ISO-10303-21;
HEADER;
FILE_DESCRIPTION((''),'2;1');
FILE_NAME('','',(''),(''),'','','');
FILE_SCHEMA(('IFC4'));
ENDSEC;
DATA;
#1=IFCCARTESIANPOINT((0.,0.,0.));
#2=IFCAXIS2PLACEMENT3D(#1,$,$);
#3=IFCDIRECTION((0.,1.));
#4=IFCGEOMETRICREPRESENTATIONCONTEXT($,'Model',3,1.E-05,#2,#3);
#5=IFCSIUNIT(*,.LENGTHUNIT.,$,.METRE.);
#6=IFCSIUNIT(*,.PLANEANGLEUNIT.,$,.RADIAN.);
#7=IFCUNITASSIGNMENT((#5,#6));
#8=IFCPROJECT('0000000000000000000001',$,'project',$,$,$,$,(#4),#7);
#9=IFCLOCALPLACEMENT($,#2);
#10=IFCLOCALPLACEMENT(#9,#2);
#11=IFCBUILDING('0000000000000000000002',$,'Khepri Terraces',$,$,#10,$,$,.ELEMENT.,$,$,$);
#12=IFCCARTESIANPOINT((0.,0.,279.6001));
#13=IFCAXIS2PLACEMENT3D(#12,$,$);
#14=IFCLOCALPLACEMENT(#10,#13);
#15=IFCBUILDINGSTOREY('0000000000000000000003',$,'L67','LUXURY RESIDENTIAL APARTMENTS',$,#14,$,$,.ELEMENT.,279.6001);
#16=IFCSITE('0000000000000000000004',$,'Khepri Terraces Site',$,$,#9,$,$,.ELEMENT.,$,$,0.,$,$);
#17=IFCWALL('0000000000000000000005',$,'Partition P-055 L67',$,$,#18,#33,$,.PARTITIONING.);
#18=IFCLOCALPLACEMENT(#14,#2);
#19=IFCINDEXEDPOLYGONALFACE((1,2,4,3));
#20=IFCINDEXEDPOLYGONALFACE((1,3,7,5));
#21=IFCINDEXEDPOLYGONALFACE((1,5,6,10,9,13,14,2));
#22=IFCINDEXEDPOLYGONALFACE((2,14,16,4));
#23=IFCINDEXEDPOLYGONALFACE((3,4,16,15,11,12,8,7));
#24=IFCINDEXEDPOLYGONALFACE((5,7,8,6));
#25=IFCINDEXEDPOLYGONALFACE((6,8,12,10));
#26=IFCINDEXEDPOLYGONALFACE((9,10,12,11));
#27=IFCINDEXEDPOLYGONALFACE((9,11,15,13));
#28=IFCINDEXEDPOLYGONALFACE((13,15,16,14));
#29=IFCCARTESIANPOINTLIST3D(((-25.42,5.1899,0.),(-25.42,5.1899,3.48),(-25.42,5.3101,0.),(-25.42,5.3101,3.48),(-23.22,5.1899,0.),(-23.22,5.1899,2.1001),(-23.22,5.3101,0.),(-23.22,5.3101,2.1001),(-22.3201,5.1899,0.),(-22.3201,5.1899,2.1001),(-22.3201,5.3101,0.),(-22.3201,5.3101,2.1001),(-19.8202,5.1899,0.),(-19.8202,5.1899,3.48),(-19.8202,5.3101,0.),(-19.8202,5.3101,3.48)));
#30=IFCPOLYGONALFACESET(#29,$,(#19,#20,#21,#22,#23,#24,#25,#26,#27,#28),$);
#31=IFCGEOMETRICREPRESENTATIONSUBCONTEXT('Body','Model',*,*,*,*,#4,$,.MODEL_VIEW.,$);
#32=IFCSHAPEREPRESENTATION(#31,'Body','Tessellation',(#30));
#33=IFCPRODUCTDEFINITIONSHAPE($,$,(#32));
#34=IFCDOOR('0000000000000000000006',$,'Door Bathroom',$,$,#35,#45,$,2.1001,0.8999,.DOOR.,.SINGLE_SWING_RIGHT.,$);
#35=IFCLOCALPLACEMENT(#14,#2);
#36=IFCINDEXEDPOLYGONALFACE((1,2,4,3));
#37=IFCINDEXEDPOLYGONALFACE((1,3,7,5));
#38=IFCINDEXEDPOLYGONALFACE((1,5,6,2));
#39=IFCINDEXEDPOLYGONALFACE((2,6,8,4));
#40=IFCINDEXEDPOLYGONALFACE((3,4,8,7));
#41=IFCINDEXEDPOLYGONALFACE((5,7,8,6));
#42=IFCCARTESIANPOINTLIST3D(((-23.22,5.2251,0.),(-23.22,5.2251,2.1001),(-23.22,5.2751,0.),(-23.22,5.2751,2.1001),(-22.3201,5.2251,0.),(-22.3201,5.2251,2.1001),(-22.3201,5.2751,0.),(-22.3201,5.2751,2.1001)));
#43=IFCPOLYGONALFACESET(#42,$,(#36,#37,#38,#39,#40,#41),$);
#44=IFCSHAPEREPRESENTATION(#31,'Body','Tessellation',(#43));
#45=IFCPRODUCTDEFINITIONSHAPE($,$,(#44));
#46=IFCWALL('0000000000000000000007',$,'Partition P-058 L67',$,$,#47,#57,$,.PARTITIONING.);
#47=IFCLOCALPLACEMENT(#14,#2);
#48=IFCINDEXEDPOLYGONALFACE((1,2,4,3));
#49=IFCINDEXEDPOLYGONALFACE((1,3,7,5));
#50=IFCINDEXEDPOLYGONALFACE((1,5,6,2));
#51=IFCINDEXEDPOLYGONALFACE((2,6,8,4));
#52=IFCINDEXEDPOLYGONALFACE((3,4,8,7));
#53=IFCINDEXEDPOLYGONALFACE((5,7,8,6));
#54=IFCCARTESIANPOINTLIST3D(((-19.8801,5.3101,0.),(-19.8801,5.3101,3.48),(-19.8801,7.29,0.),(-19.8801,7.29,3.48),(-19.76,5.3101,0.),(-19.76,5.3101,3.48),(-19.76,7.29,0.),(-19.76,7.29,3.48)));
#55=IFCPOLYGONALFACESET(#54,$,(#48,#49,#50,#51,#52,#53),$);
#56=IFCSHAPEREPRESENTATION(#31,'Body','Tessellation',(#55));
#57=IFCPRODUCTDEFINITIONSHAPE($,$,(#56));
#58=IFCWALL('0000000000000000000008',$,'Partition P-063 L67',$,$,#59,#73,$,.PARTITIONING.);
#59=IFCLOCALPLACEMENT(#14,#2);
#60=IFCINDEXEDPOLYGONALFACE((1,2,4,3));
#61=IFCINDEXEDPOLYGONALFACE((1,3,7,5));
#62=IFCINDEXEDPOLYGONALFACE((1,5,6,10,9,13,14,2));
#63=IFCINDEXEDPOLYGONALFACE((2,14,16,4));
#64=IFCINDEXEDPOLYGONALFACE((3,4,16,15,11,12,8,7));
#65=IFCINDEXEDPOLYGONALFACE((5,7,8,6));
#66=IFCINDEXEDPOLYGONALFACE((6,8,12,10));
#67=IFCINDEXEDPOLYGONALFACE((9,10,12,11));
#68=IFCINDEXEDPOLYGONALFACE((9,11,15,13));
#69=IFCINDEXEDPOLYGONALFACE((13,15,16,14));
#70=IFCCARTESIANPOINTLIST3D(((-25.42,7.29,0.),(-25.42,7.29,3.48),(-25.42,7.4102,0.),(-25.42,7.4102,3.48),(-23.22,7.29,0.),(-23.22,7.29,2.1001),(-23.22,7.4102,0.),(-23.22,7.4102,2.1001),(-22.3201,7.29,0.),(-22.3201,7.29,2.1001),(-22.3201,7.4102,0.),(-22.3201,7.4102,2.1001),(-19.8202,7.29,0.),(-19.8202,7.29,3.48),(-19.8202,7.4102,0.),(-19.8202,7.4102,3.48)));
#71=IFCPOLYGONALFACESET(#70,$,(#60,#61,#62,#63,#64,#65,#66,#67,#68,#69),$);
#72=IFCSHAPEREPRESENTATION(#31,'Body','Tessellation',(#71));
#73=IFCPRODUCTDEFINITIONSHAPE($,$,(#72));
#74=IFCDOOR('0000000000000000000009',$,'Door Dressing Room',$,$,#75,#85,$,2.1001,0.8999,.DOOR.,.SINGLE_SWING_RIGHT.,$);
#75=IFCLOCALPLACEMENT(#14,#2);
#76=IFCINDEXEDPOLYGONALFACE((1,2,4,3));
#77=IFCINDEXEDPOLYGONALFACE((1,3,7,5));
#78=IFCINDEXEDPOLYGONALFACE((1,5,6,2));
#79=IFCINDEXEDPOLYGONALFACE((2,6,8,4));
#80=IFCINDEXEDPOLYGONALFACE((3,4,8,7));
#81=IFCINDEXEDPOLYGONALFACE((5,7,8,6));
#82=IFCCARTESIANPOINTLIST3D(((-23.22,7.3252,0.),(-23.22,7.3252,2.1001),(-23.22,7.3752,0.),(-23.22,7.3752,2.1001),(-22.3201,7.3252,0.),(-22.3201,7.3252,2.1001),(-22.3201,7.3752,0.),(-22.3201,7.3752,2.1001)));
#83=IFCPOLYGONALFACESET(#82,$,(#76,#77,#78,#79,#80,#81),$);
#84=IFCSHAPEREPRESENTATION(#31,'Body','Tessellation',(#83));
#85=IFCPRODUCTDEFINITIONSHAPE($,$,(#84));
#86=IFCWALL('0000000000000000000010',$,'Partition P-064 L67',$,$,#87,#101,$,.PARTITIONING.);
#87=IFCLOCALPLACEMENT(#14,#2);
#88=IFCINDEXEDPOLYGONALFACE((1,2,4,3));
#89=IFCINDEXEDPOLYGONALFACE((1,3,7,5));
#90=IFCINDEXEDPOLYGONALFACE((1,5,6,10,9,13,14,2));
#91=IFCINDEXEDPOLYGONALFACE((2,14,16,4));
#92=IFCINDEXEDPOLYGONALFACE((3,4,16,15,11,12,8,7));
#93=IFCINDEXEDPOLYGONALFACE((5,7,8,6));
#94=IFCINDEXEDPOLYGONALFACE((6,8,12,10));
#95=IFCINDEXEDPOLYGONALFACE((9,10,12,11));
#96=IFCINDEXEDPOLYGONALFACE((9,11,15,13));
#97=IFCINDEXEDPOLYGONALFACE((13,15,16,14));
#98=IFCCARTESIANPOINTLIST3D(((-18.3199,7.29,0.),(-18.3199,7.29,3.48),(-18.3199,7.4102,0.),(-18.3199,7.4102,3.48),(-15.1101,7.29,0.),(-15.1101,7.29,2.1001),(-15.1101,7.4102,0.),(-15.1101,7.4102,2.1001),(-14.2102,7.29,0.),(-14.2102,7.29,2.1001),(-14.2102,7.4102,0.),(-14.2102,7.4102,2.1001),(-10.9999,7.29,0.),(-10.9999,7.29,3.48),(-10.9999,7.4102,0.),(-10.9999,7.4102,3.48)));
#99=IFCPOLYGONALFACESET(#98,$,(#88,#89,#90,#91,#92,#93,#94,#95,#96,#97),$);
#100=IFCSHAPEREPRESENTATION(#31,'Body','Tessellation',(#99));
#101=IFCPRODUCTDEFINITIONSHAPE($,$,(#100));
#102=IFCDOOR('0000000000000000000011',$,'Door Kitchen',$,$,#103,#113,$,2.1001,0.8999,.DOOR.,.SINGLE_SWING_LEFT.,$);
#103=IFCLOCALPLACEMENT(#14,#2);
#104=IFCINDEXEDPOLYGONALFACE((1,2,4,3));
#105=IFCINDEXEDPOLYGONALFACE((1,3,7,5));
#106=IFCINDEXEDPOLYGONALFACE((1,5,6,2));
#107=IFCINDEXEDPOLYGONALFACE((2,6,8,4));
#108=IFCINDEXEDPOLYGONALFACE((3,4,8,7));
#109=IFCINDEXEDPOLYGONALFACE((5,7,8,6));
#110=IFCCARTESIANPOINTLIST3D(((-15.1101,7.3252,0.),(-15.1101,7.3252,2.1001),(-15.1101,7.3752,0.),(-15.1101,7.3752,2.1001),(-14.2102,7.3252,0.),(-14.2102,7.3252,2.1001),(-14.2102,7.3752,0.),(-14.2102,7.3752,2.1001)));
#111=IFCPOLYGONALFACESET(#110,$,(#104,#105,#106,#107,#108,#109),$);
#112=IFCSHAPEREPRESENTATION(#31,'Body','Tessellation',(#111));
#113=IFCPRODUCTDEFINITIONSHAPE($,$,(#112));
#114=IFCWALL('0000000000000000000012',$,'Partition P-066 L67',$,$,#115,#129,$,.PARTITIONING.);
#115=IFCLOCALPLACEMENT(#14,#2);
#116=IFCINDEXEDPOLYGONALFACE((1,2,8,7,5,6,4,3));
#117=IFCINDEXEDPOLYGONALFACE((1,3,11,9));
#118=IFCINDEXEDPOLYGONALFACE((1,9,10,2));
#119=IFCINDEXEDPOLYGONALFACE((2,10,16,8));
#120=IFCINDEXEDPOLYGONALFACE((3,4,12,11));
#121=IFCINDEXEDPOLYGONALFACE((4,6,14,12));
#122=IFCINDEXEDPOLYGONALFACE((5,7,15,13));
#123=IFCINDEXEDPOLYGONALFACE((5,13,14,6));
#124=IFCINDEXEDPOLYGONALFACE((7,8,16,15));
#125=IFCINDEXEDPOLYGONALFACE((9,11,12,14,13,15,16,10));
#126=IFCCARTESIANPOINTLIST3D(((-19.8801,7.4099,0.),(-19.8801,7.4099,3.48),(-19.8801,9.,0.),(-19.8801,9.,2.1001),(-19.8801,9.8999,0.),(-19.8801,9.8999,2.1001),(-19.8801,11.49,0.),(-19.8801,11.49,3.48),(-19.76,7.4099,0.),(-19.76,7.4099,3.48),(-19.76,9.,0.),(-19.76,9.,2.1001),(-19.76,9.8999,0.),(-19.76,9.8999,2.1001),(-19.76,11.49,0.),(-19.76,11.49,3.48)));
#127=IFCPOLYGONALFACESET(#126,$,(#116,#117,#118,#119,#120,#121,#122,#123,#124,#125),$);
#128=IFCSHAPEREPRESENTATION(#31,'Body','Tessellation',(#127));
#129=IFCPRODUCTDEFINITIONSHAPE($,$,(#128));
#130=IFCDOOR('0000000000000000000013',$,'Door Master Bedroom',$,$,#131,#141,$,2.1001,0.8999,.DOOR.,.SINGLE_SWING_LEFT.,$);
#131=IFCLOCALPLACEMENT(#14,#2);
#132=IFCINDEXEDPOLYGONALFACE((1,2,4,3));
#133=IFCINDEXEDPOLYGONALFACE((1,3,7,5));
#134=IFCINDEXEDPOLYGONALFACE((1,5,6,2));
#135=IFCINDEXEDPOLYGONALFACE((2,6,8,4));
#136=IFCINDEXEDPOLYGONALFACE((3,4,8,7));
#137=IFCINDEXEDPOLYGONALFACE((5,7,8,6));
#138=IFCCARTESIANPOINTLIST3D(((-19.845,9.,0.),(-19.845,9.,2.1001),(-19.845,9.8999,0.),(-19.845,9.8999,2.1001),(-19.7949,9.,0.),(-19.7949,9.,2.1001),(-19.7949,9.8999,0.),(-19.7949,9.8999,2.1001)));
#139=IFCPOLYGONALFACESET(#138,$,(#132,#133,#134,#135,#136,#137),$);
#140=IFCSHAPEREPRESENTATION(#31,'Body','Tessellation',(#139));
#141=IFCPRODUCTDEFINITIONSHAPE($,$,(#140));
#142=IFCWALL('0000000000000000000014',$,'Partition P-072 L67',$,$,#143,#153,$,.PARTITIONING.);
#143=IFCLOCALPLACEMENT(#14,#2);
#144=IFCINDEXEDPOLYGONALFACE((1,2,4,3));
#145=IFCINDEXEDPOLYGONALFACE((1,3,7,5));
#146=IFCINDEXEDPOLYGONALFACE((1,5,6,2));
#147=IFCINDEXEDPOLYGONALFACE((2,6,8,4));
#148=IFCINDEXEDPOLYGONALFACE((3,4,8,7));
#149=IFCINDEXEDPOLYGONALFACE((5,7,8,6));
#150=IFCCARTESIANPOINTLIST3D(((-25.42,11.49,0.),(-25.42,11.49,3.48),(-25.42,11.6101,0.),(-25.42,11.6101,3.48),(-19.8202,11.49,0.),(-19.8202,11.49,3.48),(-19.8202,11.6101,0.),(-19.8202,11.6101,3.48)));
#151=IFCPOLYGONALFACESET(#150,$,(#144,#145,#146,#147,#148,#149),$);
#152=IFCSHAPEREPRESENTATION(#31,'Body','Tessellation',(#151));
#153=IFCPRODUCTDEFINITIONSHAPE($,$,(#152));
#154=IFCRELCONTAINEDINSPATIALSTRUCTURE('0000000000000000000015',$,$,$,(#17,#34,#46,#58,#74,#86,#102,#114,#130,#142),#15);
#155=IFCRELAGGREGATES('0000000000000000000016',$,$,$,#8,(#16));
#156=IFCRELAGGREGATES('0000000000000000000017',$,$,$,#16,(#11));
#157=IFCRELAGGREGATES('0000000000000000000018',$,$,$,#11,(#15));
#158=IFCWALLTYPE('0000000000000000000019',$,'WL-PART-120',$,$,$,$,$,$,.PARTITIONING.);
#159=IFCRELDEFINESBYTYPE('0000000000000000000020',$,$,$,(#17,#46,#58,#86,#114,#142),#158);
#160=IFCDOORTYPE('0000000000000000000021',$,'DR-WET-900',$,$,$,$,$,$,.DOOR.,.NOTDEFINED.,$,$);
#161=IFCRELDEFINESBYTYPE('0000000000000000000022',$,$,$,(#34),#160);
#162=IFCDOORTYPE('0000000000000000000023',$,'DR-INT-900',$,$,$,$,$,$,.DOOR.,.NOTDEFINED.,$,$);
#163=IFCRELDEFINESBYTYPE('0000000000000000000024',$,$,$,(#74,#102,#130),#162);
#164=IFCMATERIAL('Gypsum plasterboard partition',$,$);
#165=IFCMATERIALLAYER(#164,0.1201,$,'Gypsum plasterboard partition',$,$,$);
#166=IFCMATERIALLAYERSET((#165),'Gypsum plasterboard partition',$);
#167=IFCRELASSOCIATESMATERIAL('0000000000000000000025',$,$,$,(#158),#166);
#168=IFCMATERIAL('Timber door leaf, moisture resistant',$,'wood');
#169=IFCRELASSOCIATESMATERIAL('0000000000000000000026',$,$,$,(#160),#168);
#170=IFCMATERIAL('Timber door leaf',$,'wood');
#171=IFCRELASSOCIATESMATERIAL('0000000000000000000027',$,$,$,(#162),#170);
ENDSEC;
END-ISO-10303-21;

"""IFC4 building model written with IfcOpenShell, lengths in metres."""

from ifc_helpers import new_model, si_unit, direction, frame, frame_2d, origin, place, context, subcontext, project, spatial, rectangle, extrude, material, layer, layer_set, type_object, element, fill, save


model = new_model("IFC4")

# Units and contexts
model_context = context("Model", 3, precision=1e-05, world=origin(), true_north=direction((0.0, 1.0)))
body_context = subcontext(model_context, "Body", "Model", "MODEL_VIEW")
ifc_project = project(units=[si_unit("LENGTHUNIT", "METRE"), si_unit("PLANEANGLEUNIT", "RADIAN")], contexts=[model_context])

# Site, building, storey
site_placement = place(None, origin())
site = spatial("IfcSite", under=ifc_project, at=site_placement, Name="Khepri Terraces Site", CompositionType="ELEMENT", RefElevation=0.0)
building_placement = place(site_placement, origin())
building = spatial("IfcBuilding", under=site, at=building_placement, Name="Khepri Terraces", CompositionType="ELEMENT")
storey_placement = place(building_placement, frame((0.0, 0.0, 279.6001)))
storey = spatial("IfcBuildingStorey", under=building, at=storey_placement, Name="L67", Description="LUXURY RESIDENTIAL APARTMENTS", CompositionType="ELEMENT", Elevation=279.6001)

# Shared definitions
ifc_material_1 = material(Name="Gypsum plasterboard partition")
ifc_layer_1 = layer(ifc_material_1, 0.1201, Name="Gypsum plasterboard partition")
ifc_layer_set_1 = layer_set([ifc_layer_1], Name="Gypsum plasterboard partition")
wall_type_1 = type_object("IfcWallType", Name="WL-PART-120", PredefinedType="PARTITIONING", material=ifc_layer_set_1)

# Wall, opening, door
wall_1_placement = place(storey_placement, frame((-25.4199, 5.25, 0.0), z_axis=(0.0, 0.0, 1.0), x_axis=(1.0, 0.0, 0.0)))
wall_1 = element("IfcWall", 1, at=wall_1_placement, inside=storey, type_object=wall_type_1, Name="Partition P-055 L67", PredefinedType="PARTITIONING", context=body_context, shape_type="SweptSolid", body=[
    extrude(rectangle(XDim=5.5999, YDim=0.1201, at=frame_2d((2.7998, 0.0))), origin(), (0.0, 0.0, 1.0), 3.48),
])
opening_1_placement = place(wall_1_placement, frame((2.2, 0.0, 0.0)))
opening_1 = element("IfcOpeningElement", 2, at=opening_1_placement, cuts=wall_1, PredefinedType="OPENING", context=body_context, shape_type="SweptSolid", body=[
    extrude(rectangle(XDim=0.8999, YDim=2.1001, at=frame_2d((0.45, 1.05))), frame((0.0, 0.0701, 0.0), z_axis=(0.0, -1.0, 0.0), x_axis=(1.0, 0.0, 0.0)), (0.0, 0.0, 1.0), 0.1401),
])
ifc_material_2 = material(Name="Timber door leaf, moisture resistant", Category="wood")
door_type_1 = type_object("IfcDoorType", Name="DR-WET-900", OperationType="NOTDEFINED", PredefinedType="DOOR", material=ifc_material_2)
door_1_placement = place(opening_1_placement, frame((0.8999, 0.0, 0.0), z_axis=(0.0, 0.0, 1.0), x_axis=(-1.0, 0.0, 0.0)))
door_1 = element("IfcDoor", 3, at=door_1_placement, inside=storey, type_object=door_type_1, Name="Door Bathroom", OperationType="SINGLE_SWING_RIGHT", OverallHeight=2.1001, OverallWidth=0.8999, PredefinedType="DOOR", context=body_context, shape_type="SweptSolid", body=[
    extrude(rectangle(XDim=0.8999, YDim=2.1001, at=frame_2d((0.45, 1.05))), frame((0.0, 0.0249, 0.0), z_axis=(0.0, -1.0, 0.0), x_axis=(1.0, 0.0, 0.0)), (0.0, 0.0, 1.0), 0.05),
])
fill(opening_1, door_1)

# Wall
wall_2_placement = place(storey_placement, frame((-19.8201, 5.3101, 0.0), z_axis=(0.0, 0.0, 1.0), x_axis=(0.0, 1.0, 0.0)))
element("IfcWall", 4, at=wall_2_placement, inside=storey, type_object=wall_type_1, Name="Partition P-058 L67", PredefinedType="PARTITIONING", context=body_context, shape_type="SweptSolid", body=[
    extrude(rectangle(XDim=1.98, YDim=0.1201, at=frame_2d((0.99, 0.0))), origin(), (0.0, 0.0, 1.0), 3.48),
])

# Walls, openings, doors
wall_3_placement = place(storey_placement, frame((-25.4199, 7.3501, 0.0), z_axis=(0.0, 0.0, 1.0), x_axis=(1.0, 0.0, 0.0)))
wall_3 = element("IfcWall", 5, at=wall_3_placement, inside=storey, type_object=wall_type_1, Name="Partition P-063 L67", PredefinedType="PARTITIONING", context=body_context, shape_type="SweptSolid", body=[
    extrude(rectangle(XDim=5.5999, YDim=0.1201, at=frame_2d((2.7998, 0.0))), origin(), (0.0, 0.0, 1.0), 3.48),
])
opening_2_placement = place(wall_3_placement, frame((2.2, 0.0, 0.0)))
opening_2 = element("IfcOpeningElement", 6, at=opening_2_placement, cuts=wall_3, PredefinedType="OPENING", context=body_context, shape_type="SweptSolid", body=[
    extrude(rectangle(XDim=0.8999, YDim=2.1001, at=frame_2d((0.45, 1.05))), frame((0.0, 0.0701, 0.0), z_axis=(0.0, -1.0, 0.0), x_axis=(1.0, 0.0, 0.0)), (0.0, 0.0, 1.0), 0.1401),
])
ifc_material_3 = material(Name="Timber door leaf", Category="wood")
door_type_2 = type_object("IfcDoorType", Name="DR-INT-900", OperationType="NOTDEFINED", PredefinedType="DOOR", material=ifc_material_3)
door_2_placement = place(opening_2_placement, frame((0.8999, 0.0, 0.0), z_axis=(0.0, 0.0, 1.0), x_axis=(-1.0, 0.0, 0.0)))
door_2 = element("IfcDoor", 7, at=door_2_placement, inside=storey, type_object=door_type_2, Name="Door Dressing Room", OperationType="SINGLE_SWING_RIGHT", OverallHeight=2.1001, OverallWidth=0.8999, PredefinedType="DOOR", context=body_context, shape_type="SweptSolid", body=[
    extrude(rectangle(XDim=0.8999, YDim=2.1001, at=frame_2d((0.45, 1.05))), frame((0.0, 0.0249, 0.0), z_axis=(0.0, -1.0, 0.0), x_axis=(1.0, 0.0, 0.0)), (0.0, 0.0, 1.0), 0.05),
])
fill(opening_2, door_2)
wall_4_placement = place(storey_placement, frame((-18.3201, 7.3501, 0.0), z_axis=(0.0, 0.0, 1.0), x_axis=(1.0, 0.0, 0.0)))
wall_4 = element("IfcWall", 8, at=wall_4_placement, inside=storey, type_object=wall_type_1, Name="Partition P-064 L67", PredefinedType="PARTITIONING", context=body_context, shape_type="SweptSolid", body=[
    extrude(rectangle(XDim=7.3201, YDim=0.1201, at=frame_2d((3.6602, 0.0))), origin(), (0.0, 0.0, 1.0), 3.48),
])
opening_3_placement = place(wall_4_placement, frame((3.21, 0.0, 0.0)))
opening_3 = element("IfcOpeningElement", 9, at=opening_3_placement, cuts=wall_4, PredefinedType="OPENING", context=body_context, shape_type="SweptSolid", body=[
    extrude(rectangle(XDim=0.8999, YDim=2.1001, at=frame_2d((0.45, 1.05))), frame((0.0, 0.0701, 0.0), z_axis=(0.0, -1.0, 0.0), x_axis=(1.0, 0.0, 0.0)), (0.0, 0.0, 1.0), 0.1401),
])
door_3_placement = place(opening_3_placement, frame((0.8999, 0.0, 0.0), z_axis=(0.0, 0.0, 1.0), x_axis=(-1.0, 0.0, 0.0)))
door_3 = element("IfcDoor", 10, at=door_3_placement, inside=storey, type_object=door_type_2, Name="Door Kitchen", OperationType="SINGLE_SWING_LEFT", OverallHeight=2.1001, OverallWidth=0.8999, PredefinedType="DOOR", context=body_context, shape_type="SweptSolid", body=[
    extrude(rectangle(XDim=0.8999, YDim=2.1001, at=frame_2d((0.45, 1.05))), frame((0.0, 0.0249, 0.0), z_axis=(0.0, -1.0, 0.0), x_axis=(1.0, 0.0, 0.0)), (0.0, 0.0, 1.0), 0.05),
])
fill(opening_3, door_3)
wall_5_placement = place(storey_placement, frame((-19.8201, 7.4099, 0.0), z_axis=(0.0, 0.0, 1.0), x_axis=(0.0, 1.0, 0.0)))
wall_5 = element("IfcWall", 11, at=wall_5_placement, inside=storey, type_object=wall_type_1, Name="Partition P-066 L67", PredefinedType="PARTITIONING", context=body_context, shape_type="SweptSolid", body=[
    extrude(rectangle(XDim=4.0801, YDim=0.1201, at=frame_2d((2.04, 0.0))), origin(), (0.0, 0.0, 1.0), 3.48),
])
opening_4_placement = place(wall_5_placement, frame((1.5901, 0.0, 0.0)))
opening_4 = element("IfcOpeningElement", 12, at=opening_4_placement, cuts=wall_5, PredefinedType="OPENING", context=body_context, shape_type="SweptSolid", body=[
    extrude(rectangle(XDim=0.8999, YDim=2.1001, at=frame_2d((0.45, 1.05))), frame((0.0, 0.0701, 0.0), z_axis=(0.0, -1.0, 0.0), x_axis=(1.0, 0.0, 0.0)), (0.0, 0.0, 1.0), 0.1401),
])
door_4_placement = place(opening_4_placement, origin())
door_4 = element("IfcDoor", 13, at=door_4_placement, inside=storey, type_object=door_type_2, Name="Door Master Bedroom", OperationType="SINGLE_SWING_LEFT", OverallHeight=2.1001, OverallWidth=0.8999, PredefinedType="DOOR", context=body_context, shape_type="SweptSolid", body=[
    extrude(rectangle(XDim=0.8999, YDim=2.1001, at=frame_2d((0.45, 1.05))), frame((0.0, 0.0249, 0.0), z_axis=(0.0, -1.0, 0.0), x_axis=(1.0, 0.0, 0.0)), (0.0, 0.0, 1.0), 0.05),
])
fill(opening_4, door_4)

# Wall
wall_6_placement = place(storey_placement, frame((-25.4199, 11.55, 0.0), z_axis=(0.0, 0.0, 1.0), x_axis=(1.0, 0.0, 0.0)))
element("IfcWall", 14, at=wall_6_placement, inside=storey, type_object=wall_type_1, Name="Partition P-072 L67", PredefinedType="PARTITIONING", context=body_context, shape_type="SweptSolid", body=[
    extrude(rectangle(XDim=5.5999, YDim=0.1201, at=frame_2d((2.7998, 0.0))), origin(), (0.0, 0.0, 1.0), 3.48),
])

save(model, "model.ifc")
